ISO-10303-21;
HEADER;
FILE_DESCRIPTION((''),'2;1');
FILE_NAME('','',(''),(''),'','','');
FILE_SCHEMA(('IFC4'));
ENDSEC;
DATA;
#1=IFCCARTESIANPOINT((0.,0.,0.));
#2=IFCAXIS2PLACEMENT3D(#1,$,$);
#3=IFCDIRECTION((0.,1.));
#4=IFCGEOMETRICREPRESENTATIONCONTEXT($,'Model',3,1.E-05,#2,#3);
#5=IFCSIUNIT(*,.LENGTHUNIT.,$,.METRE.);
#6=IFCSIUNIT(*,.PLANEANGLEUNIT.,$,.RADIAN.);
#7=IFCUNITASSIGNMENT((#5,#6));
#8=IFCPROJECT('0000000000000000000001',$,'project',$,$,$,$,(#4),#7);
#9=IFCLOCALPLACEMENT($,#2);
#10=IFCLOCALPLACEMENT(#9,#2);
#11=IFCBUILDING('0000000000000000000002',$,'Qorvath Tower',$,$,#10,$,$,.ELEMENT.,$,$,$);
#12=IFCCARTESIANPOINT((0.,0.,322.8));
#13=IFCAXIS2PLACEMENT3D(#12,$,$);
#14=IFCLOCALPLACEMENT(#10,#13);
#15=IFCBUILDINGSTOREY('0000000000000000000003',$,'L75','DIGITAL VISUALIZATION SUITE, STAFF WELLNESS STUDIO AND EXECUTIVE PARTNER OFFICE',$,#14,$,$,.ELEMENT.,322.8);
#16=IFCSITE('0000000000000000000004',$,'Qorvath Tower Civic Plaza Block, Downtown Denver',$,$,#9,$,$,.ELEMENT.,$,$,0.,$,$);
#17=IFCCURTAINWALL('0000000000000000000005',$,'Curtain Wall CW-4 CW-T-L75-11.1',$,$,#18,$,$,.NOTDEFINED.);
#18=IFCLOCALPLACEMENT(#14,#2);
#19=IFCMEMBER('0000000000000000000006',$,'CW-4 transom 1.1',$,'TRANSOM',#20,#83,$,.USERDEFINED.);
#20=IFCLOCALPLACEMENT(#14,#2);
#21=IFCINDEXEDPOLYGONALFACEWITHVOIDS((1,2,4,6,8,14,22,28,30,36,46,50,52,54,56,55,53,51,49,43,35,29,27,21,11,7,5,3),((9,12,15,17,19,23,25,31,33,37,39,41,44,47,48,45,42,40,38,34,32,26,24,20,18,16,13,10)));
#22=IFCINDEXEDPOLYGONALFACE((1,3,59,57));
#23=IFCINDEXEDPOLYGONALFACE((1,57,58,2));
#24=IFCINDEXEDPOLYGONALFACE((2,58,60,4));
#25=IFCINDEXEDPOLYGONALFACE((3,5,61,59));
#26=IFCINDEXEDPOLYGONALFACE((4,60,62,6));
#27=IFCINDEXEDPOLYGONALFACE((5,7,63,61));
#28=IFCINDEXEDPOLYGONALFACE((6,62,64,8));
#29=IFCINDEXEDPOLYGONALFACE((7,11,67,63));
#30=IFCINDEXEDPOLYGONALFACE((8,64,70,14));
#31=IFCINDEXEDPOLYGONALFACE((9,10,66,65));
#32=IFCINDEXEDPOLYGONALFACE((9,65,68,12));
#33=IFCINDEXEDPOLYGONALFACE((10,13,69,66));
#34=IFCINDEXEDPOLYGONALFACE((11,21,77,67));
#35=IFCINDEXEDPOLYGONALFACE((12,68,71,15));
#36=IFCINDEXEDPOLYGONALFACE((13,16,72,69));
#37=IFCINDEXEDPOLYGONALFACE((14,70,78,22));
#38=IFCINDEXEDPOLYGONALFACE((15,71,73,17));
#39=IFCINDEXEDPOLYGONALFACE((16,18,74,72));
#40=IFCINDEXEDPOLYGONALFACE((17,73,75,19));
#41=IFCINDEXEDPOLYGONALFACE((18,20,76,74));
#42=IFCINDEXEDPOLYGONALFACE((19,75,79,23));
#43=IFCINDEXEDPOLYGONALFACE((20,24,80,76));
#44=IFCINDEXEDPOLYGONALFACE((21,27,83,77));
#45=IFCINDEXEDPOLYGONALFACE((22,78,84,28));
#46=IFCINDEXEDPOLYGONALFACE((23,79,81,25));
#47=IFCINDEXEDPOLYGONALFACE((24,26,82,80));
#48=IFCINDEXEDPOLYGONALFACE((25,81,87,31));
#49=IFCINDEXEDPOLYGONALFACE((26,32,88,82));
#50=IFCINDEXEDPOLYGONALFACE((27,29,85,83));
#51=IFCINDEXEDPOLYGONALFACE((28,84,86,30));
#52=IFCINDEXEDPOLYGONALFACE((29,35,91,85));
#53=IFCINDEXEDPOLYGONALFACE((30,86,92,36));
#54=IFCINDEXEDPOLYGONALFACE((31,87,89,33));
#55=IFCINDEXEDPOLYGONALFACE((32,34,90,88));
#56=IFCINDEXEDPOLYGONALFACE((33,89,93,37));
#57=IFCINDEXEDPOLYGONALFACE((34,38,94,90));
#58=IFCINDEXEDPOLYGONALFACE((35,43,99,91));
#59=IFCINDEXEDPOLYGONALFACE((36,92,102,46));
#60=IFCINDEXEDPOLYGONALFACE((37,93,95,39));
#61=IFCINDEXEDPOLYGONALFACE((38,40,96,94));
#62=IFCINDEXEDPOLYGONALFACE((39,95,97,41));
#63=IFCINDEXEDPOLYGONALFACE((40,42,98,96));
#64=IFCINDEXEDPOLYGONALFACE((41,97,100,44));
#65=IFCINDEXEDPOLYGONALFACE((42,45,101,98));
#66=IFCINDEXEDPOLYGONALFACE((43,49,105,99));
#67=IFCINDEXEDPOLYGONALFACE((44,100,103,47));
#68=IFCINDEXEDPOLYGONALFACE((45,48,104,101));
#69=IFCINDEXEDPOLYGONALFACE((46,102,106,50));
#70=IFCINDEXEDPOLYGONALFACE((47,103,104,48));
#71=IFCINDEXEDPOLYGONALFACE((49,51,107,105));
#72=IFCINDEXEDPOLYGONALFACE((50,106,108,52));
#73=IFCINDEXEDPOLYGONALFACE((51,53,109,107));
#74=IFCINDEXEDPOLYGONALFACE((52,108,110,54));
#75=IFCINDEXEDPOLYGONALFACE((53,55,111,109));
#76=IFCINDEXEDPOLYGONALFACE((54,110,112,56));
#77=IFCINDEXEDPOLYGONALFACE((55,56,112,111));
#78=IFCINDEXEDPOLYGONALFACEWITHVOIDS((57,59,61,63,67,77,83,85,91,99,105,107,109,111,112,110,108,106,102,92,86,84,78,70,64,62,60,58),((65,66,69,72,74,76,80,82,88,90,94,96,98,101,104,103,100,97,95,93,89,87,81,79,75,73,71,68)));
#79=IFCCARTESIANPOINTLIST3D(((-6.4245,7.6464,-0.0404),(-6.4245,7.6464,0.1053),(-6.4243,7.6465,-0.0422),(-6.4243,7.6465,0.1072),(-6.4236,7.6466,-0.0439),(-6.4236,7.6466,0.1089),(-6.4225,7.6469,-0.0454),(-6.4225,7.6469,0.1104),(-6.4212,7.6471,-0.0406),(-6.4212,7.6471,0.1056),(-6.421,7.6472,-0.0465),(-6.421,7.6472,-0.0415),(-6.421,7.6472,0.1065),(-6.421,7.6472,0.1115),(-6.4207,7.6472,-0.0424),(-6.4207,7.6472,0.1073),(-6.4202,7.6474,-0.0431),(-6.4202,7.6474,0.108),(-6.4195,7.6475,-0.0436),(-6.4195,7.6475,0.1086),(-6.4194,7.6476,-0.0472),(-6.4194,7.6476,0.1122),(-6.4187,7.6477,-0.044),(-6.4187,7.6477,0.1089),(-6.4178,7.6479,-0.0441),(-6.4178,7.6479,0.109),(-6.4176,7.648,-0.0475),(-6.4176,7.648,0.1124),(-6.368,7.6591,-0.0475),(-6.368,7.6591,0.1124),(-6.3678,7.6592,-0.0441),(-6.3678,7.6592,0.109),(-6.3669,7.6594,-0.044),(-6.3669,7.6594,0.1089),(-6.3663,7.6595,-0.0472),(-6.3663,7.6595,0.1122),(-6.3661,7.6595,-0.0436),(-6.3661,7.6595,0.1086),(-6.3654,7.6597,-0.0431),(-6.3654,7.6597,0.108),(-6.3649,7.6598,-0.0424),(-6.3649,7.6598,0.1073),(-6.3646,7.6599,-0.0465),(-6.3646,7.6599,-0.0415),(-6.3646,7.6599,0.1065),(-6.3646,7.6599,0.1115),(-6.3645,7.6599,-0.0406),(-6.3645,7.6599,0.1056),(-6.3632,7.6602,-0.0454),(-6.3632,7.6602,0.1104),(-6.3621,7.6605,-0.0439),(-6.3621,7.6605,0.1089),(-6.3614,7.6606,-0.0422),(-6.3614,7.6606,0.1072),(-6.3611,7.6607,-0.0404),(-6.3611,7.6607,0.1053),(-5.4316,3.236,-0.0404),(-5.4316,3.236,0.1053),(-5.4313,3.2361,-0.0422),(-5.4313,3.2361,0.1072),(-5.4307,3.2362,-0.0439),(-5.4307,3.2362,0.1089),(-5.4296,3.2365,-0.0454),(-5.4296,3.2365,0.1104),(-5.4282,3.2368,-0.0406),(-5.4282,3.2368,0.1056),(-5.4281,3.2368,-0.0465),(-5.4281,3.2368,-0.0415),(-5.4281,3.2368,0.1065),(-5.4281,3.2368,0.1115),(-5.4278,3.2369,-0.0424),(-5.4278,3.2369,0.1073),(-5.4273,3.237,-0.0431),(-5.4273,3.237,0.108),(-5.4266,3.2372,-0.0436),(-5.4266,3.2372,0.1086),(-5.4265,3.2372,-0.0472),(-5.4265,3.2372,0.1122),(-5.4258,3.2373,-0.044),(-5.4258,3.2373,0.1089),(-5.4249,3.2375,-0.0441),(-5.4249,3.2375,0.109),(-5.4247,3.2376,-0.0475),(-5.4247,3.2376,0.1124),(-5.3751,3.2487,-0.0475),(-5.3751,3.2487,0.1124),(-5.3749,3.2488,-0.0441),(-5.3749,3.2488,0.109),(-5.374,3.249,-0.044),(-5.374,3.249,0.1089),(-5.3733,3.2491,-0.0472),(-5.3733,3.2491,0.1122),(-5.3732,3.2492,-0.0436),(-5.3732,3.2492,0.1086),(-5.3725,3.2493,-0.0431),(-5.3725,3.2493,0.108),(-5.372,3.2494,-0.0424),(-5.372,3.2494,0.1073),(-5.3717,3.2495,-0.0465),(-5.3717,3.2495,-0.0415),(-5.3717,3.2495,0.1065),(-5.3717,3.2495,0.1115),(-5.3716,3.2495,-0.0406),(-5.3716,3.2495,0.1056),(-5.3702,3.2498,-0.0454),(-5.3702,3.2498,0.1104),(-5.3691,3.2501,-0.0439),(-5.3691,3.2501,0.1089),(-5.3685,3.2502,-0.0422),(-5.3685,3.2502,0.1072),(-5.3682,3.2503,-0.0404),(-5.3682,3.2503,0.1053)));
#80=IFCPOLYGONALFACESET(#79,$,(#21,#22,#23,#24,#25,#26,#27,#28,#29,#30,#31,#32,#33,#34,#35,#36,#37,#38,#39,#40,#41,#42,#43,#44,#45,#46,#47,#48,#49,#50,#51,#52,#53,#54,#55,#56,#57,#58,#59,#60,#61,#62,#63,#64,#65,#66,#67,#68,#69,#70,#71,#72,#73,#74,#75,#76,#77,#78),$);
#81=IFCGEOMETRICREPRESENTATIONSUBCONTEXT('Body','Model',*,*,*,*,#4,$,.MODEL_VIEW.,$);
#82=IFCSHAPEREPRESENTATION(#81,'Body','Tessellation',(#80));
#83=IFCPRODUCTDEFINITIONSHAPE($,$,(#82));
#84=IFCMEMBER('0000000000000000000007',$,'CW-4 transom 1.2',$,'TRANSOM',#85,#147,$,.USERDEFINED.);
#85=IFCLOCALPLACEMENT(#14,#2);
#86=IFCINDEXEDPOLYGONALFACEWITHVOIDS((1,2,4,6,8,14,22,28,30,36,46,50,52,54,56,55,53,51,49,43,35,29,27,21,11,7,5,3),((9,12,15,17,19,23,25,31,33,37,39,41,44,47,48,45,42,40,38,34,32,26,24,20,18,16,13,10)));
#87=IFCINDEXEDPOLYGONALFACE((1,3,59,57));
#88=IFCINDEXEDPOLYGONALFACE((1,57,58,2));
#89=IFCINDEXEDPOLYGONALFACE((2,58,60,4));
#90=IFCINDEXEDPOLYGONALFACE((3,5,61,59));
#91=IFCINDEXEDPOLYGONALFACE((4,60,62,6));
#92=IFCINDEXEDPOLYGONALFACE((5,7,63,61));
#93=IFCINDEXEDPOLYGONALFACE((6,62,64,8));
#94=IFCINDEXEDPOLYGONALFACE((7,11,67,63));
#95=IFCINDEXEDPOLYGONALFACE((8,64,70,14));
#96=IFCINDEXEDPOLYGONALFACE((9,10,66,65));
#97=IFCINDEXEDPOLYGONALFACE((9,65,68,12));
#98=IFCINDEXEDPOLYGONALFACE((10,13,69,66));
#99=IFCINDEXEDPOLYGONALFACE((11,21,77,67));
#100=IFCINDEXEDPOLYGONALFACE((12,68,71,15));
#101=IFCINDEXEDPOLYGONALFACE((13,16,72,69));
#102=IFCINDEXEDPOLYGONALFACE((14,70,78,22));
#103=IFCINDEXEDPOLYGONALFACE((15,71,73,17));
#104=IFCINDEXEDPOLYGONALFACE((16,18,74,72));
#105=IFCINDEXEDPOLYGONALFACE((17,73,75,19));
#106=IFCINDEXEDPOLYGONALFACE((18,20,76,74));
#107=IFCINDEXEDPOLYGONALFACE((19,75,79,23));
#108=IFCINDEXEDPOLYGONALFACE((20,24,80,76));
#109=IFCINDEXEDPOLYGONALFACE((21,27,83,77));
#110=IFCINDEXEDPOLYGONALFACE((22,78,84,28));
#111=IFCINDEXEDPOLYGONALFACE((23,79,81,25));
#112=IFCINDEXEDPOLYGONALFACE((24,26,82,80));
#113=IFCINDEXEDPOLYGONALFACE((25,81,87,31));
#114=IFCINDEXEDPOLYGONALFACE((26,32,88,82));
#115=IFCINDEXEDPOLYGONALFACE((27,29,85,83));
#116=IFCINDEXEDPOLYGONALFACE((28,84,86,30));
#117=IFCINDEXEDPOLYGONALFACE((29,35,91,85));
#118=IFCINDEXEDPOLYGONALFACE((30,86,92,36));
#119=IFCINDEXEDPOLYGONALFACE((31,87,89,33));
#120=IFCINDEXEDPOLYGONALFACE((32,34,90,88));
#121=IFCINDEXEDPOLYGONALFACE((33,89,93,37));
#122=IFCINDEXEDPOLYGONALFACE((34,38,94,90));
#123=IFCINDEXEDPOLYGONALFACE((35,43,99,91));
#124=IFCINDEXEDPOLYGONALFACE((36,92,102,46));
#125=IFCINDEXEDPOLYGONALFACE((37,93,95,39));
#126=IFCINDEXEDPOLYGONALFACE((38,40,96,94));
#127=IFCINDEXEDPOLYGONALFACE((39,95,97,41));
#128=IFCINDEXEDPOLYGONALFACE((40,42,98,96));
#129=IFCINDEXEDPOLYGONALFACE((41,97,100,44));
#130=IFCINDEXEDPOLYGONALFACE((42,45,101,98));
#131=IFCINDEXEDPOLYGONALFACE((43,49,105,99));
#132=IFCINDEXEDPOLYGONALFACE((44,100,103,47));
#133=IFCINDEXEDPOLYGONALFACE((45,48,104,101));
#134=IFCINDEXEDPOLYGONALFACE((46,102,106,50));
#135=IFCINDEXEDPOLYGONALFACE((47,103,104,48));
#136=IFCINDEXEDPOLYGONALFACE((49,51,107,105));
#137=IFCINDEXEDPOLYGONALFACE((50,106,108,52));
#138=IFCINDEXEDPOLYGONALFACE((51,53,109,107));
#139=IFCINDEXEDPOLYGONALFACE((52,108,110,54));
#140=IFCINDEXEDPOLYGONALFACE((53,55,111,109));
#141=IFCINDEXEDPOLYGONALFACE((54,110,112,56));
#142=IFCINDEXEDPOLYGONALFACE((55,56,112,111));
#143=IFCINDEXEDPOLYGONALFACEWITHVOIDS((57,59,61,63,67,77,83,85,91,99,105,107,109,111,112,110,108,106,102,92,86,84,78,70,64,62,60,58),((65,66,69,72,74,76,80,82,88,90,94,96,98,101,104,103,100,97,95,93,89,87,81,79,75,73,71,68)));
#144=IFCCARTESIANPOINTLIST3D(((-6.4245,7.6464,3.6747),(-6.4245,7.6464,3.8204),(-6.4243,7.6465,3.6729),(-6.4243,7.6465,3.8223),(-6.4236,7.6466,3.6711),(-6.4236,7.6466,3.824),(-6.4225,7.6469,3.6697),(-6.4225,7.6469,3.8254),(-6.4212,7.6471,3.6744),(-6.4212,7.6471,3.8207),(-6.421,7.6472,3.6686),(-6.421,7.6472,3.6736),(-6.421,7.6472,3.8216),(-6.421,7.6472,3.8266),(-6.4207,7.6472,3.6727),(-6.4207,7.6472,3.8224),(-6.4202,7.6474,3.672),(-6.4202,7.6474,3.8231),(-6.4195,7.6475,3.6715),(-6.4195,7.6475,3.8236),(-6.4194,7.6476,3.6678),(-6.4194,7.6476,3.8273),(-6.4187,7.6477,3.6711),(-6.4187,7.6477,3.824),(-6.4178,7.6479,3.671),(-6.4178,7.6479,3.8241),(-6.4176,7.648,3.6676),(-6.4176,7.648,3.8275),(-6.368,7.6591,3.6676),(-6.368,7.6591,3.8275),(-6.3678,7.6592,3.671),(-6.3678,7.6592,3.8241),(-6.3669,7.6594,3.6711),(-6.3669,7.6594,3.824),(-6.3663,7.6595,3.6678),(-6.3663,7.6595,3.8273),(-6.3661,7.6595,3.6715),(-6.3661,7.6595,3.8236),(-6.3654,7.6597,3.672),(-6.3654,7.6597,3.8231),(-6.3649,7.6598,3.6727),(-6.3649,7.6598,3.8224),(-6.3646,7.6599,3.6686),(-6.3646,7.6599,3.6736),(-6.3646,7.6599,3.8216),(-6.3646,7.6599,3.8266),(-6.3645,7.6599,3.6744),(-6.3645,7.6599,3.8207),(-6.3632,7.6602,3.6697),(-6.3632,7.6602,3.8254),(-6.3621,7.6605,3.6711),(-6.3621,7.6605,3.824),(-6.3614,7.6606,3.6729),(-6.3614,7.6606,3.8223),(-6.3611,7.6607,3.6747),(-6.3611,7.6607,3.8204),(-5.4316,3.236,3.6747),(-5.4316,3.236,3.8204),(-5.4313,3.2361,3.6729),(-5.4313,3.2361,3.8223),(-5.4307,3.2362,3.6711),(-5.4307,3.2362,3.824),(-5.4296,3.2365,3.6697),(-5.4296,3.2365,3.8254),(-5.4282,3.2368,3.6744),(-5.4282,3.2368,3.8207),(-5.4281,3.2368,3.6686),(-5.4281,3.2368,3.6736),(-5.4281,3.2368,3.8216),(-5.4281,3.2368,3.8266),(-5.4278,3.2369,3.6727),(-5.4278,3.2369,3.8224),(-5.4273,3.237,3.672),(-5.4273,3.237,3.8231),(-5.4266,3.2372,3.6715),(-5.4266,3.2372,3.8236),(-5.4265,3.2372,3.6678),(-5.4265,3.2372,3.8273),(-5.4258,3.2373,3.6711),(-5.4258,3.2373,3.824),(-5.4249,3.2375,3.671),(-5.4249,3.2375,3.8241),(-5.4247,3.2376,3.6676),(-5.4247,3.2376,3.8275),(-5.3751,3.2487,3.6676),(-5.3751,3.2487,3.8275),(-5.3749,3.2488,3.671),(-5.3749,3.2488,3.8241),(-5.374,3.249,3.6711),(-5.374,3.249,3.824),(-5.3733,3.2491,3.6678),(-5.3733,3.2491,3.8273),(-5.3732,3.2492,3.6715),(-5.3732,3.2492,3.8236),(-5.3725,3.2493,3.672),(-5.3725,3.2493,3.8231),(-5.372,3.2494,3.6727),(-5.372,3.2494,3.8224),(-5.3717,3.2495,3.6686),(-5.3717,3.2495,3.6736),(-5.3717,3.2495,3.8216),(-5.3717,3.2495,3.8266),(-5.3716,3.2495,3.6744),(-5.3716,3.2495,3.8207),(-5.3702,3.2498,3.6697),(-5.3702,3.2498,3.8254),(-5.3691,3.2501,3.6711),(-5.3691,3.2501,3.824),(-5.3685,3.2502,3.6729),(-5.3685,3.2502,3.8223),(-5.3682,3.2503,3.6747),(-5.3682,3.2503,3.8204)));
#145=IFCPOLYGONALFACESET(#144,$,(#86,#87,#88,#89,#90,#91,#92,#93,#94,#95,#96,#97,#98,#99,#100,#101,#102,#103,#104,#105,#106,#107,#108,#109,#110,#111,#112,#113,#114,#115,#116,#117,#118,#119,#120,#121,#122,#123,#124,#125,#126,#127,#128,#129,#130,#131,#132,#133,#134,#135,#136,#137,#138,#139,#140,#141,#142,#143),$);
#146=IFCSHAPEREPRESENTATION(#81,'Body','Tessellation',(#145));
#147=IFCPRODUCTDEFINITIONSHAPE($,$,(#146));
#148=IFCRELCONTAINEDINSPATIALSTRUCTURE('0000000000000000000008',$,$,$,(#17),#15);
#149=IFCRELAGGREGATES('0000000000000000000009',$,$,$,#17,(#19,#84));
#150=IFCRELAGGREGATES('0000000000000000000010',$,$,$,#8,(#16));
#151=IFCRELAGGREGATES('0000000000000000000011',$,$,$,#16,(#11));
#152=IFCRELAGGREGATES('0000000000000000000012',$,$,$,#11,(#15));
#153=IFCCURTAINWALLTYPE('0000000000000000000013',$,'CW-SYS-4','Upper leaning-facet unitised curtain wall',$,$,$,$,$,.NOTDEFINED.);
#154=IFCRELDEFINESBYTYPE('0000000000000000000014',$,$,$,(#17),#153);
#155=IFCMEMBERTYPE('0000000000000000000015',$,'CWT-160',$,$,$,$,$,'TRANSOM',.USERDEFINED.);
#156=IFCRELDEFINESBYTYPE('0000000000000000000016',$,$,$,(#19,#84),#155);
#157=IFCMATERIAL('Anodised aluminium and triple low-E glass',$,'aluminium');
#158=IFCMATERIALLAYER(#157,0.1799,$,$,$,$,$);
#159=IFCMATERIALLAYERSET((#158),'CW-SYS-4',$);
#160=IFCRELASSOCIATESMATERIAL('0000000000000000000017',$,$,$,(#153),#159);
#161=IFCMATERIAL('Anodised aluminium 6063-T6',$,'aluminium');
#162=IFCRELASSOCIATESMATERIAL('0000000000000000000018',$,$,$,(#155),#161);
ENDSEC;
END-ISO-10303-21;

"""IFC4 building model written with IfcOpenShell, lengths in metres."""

from ifc_helpers import new_model, si_unit, direction, frame, origin, origin_2d, place, context, subcontext, project, spatial, hollow_rectangle, extrude, material, layer, layer_set, material_profile, profile_set, type_object, element, aggregate, save


model = new_model("IFC4")

# Units and contexts
model_context = context("Model", 3, precision=1e-05, world=origin(), true_north=direction((0.0, 1.0)))
body_context = subcontext(model_context, "Body", "Model", "MODEL_VIEW")
ifc_project = project(units=[si_unit("LENGTHUNIT", "METRE"), si_unit("PLANEANGLEUNIT", "RADIAN")], contexts=[model_context])

# Site, building, storey
site_placement = place(None, origin())
site = spatial("IfcSite", under=ifc_project, at=site_placement, Name="Qorvath Tower Civic Plaza Block, Downtown Denver", CompositionType="ELEMENT", RefElevation=0.0)
building_placement = place(site_placement, origin())
building = spatial("IfcBuilding", under=site, at=building_placement, Name="Qorvath Tower", CompositionType="ELEMENT")
storey_placement = place(building_placement, frame((0.0, 0.0, 322.8)))
storey = spatial("IfcBuildingStorey", under=building, at=storey_placement, Name="L75", Description="DIGITAL VISUALIZATION SUITE, STAFF WELLNESS STUDIO AND EXECUTIVE PARTNER OFFICE", CompositionType="ELEMENT", Elevation=322.8)

# Curtain wall
ifc_material_1 = material(Name="Anodised aluminium and triple low-E glass", Category="aluminium")
ifc_layer_1 = layer(ifc_material_1, 0.1799)
ifc_layer_set_1 = layer_set([ifc_layer_1], Name="CW-SYS-4")
curtain_wall_type = type_object("IfcCurtainWallType", Name="CW-SYS-4", Description="Upper leaning-facet unitised curtain wall", PredefinedType="NOTDEFINED", material=ifc_layer_set_1)
curtain_wall_1_placement = place(storey_placement, origin())
curtain_wall_1 = element("IfcCurtainWall", 1, at=curtain_wall_1_placement, inside=storey, type_object=curtain_wall_type, Name="Curtain Wall CW-4 CW-T-L75-11.1", PredefinedType="NOTDEFINED")

# Members
ifc_material_2 = material(Name="Anodised aluminium 6063-T6", Category="aluminium")
ifc_material_profile_1 = material_profile(ifc_material_2, hollow_rectangle(XDim=0.0649, YDim=0.1599, WallThickness=0.0034, InnerFilletRadius=0.0034, OuterFilletRadius=0.0071, at=origin_2d()), Name="CWT 160x65")
ifc_profile_set_1 = profile_set([ifc_material_profile_1], Name="Anodised aluminium 6063-T6")
member_type_1 = type_object("IfcMemberType", Name="CWT-160", ElementType="TRANSOM", PredefinedType="USERDEFINED", material=ifc_profile_set_1)
member_1_placement = place(storey_placement, frame((-5.3999, 3.2432, 0.0325), z_axis=(-0.219634, 0.975582, 0.0), x_axis=(-0.975582, -0.219634, 0.0)))
member_1 = element("IfcMember", 2, at=member_1_placement, type_object=member_type_1, Name="CW-4 transom 1.1", ObjectType="TRANSOM", PredefinedType="USERDEFINED", context=body_context, shape_type="SweptSolid", body=[
    extrude(hollow_rectangle(XDim=0.0649, YDim=0.1599, WallThickness=0.0034, InnerFilletRadius=0.0034, OuterFilletRadius=0.0071, at=origin_2d()), origin(), (0.0, 0.0, 1.0), 4.5208),
])
member_2_placement = place(storey_placement, frame((-5.3999, 3.2432, 3.7476), z_axis=(-0.219634, 0.975582, 0.0), x_axis=(-0.975582, -0.219634, 0.0)))
member_2 = element("IfcMember", 3, at=member_2_placement, type_object=member_type_1, Name="CW-4 transom 1.2", ObjectType="TRANSOM", PredefinedType="USERDEFINED", context=body_context, shape_type="SweptSolid", body=[
    extrude(hollow_rectangle(XDim=0.0649, YDim=0.1599, WallThickness=0.0034, InnerFilletRadius=0.0034, OuterFilletRadius=0.0071, at=origin_2d()), origin(), (0.0, 0.0, 1.0), 4.5208),
])

aggregate(curtain_wall_1, [member_1, member_2])

save(model, "model.ifc")
